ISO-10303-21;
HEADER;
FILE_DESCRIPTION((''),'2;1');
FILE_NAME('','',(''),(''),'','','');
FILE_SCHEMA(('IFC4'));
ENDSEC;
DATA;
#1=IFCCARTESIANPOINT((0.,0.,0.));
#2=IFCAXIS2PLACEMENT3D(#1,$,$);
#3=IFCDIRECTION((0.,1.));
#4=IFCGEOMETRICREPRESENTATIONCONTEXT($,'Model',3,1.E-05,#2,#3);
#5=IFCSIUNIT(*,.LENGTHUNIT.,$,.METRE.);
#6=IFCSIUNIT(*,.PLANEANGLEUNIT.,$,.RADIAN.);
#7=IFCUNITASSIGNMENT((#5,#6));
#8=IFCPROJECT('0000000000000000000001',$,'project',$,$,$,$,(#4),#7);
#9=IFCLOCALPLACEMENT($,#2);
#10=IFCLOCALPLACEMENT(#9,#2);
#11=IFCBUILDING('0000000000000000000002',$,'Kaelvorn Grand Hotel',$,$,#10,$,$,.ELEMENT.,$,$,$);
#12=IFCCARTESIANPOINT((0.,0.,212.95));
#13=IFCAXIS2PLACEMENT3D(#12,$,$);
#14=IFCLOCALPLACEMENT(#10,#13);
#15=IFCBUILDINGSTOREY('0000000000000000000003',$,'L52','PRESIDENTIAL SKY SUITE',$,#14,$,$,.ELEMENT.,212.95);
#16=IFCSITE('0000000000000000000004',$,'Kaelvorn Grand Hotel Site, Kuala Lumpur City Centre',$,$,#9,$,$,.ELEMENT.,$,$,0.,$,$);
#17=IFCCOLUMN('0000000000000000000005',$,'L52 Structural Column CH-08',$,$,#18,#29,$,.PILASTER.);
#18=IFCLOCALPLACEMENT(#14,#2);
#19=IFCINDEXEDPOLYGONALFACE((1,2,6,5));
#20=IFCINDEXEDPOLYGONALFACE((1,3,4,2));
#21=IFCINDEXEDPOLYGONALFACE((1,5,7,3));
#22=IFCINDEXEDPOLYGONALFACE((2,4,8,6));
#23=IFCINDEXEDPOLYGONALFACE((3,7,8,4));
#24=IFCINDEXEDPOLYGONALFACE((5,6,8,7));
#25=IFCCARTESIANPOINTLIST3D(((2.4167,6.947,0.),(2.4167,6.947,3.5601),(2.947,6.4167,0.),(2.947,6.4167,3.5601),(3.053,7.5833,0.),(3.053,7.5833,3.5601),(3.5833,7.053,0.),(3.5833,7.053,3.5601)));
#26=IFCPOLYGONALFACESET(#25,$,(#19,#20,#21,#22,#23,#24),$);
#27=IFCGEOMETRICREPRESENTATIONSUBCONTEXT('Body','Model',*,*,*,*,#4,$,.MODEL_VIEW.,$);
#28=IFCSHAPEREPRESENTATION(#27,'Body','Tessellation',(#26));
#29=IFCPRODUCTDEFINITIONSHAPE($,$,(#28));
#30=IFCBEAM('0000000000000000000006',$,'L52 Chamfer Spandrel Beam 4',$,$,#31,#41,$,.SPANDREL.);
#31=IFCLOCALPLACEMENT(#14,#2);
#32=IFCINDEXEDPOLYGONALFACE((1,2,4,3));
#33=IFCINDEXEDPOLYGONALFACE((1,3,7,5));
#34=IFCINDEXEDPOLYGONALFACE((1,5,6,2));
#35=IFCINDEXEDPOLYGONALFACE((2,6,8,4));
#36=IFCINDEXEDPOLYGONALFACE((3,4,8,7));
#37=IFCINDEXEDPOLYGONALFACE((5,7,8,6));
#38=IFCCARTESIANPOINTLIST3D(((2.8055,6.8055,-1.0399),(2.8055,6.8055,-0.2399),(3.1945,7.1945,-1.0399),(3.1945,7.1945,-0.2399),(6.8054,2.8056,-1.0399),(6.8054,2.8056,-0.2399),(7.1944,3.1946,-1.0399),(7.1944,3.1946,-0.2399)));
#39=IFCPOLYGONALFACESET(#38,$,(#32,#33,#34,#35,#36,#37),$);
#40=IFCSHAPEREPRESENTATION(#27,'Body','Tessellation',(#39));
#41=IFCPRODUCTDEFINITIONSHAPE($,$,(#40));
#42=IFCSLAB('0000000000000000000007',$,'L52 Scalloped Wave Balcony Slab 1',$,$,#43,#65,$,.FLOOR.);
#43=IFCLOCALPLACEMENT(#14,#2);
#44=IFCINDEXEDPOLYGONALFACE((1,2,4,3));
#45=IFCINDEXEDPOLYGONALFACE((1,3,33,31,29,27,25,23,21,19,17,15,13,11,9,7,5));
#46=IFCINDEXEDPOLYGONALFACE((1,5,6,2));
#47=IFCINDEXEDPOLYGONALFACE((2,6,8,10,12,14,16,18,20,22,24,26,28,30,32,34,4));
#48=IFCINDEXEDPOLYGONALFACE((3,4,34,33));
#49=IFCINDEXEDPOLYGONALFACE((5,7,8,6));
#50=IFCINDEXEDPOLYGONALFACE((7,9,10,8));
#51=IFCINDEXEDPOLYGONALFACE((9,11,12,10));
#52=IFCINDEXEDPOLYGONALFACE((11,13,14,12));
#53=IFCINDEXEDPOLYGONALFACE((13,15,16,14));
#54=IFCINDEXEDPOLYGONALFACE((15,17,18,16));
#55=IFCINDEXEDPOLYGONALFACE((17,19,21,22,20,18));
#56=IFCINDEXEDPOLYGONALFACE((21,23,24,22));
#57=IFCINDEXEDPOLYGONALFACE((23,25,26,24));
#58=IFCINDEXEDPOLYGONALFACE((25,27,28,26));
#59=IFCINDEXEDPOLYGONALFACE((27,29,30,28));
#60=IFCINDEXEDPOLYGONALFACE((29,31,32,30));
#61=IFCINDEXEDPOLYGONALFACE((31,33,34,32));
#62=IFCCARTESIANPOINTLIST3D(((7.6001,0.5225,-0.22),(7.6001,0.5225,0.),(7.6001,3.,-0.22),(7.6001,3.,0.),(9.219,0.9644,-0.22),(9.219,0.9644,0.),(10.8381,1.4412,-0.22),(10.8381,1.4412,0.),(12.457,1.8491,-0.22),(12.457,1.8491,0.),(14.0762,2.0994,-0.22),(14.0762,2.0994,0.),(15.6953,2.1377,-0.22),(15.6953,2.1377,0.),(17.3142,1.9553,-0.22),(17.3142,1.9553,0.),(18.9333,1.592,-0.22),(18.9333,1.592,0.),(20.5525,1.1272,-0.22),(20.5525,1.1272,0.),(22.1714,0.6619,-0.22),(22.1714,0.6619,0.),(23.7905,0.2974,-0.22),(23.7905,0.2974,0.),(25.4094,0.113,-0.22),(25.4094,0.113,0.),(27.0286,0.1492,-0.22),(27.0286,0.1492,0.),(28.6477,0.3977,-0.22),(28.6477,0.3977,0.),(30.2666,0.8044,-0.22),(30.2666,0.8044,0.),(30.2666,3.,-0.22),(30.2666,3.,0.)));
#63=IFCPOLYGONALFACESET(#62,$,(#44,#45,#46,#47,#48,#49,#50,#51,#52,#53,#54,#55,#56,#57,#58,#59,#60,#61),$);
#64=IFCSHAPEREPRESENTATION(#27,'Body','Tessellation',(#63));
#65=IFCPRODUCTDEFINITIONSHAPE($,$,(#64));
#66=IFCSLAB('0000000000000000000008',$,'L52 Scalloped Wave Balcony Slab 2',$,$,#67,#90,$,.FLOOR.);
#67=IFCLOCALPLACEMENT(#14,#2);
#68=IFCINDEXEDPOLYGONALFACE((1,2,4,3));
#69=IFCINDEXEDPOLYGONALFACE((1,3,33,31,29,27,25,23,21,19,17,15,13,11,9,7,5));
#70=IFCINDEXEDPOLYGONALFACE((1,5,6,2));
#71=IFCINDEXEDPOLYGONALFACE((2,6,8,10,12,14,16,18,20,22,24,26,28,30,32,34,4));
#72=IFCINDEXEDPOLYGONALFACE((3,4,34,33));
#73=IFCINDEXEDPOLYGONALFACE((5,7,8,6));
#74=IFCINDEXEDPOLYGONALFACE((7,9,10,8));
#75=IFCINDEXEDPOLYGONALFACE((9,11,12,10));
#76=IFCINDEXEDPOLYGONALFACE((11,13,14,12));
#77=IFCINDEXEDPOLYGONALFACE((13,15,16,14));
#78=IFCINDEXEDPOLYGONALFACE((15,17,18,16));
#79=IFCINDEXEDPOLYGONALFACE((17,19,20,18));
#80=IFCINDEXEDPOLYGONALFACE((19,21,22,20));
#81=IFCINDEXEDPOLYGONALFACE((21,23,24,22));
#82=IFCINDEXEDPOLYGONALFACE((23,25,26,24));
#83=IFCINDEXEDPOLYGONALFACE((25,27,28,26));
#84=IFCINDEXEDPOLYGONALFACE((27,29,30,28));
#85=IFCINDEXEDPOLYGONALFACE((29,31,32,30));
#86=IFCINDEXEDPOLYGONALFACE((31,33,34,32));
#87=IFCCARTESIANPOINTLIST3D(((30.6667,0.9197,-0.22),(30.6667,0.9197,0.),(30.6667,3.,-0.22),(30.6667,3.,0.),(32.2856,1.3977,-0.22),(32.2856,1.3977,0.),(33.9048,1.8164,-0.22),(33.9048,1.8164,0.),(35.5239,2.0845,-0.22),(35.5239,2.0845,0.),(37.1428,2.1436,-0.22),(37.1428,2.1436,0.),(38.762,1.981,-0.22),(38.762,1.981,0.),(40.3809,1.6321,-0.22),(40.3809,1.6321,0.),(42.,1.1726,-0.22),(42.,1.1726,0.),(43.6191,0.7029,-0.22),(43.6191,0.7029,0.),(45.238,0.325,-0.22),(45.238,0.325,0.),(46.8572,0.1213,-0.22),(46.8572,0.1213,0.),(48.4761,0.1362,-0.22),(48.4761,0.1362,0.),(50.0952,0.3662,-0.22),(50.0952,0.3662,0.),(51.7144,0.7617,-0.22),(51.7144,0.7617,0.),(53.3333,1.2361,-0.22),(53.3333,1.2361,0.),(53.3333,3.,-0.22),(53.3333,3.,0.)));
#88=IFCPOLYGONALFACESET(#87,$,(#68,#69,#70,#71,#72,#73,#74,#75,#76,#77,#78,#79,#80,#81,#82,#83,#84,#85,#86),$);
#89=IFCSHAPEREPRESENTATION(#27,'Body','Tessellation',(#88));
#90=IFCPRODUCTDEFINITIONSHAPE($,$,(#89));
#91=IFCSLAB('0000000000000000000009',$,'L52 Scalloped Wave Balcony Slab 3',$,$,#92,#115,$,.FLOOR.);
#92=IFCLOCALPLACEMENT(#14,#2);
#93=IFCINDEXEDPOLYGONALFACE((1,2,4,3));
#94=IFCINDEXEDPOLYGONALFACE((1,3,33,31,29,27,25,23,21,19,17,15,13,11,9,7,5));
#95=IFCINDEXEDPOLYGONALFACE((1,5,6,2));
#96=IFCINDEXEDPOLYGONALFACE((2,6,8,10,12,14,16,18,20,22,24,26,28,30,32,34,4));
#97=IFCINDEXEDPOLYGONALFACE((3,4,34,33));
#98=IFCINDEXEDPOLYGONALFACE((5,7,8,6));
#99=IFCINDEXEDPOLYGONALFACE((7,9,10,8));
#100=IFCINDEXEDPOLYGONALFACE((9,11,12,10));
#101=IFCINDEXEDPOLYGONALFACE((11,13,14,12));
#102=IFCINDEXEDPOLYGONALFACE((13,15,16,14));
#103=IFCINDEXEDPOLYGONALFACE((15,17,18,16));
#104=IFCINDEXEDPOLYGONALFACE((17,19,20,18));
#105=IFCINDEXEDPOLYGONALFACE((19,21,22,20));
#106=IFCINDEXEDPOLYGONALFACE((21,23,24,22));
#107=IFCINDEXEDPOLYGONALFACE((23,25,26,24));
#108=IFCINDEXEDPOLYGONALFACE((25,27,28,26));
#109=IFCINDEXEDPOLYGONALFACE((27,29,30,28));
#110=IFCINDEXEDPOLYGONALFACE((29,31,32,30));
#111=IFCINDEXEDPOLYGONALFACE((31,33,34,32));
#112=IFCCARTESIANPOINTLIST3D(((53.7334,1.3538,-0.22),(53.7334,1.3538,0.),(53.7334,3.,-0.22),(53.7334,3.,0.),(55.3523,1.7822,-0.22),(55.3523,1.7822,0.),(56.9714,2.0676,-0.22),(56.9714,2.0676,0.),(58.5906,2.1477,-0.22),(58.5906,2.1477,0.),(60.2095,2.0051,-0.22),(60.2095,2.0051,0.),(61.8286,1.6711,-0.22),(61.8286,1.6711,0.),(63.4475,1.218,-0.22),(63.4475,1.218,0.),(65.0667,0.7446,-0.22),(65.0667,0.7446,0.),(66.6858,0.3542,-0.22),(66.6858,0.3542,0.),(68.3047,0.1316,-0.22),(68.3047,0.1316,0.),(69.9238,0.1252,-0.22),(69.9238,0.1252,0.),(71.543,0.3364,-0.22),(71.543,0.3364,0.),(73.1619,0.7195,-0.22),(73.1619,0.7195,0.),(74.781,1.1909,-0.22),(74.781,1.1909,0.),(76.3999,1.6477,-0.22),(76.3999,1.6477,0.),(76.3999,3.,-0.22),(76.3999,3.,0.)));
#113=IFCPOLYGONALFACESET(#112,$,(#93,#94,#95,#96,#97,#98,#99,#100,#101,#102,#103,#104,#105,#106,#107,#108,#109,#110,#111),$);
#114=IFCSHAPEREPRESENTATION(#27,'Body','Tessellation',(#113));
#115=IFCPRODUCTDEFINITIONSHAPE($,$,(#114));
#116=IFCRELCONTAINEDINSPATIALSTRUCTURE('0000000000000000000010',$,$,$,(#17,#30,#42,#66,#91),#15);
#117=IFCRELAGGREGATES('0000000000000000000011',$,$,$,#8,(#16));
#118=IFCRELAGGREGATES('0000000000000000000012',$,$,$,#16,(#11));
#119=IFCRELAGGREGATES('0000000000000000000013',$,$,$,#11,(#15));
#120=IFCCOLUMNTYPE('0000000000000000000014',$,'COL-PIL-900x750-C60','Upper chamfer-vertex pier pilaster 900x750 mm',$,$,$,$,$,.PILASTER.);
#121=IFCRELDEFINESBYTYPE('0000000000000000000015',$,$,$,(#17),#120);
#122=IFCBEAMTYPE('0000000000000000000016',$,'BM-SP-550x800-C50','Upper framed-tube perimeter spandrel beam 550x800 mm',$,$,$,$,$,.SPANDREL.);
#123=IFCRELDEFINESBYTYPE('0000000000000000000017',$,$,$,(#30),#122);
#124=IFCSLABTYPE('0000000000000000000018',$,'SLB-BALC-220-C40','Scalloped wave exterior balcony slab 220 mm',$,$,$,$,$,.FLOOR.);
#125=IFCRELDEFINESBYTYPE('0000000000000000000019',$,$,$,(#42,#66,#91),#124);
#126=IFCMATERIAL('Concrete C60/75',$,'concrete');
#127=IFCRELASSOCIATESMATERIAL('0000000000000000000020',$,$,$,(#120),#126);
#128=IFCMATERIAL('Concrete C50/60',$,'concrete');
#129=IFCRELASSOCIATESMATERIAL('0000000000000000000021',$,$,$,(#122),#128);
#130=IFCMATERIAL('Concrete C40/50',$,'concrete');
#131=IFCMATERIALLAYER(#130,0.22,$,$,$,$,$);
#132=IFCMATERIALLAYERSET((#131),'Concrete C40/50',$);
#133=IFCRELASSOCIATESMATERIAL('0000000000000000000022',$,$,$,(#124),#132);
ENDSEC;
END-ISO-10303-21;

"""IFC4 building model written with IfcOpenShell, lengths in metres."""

from ifc_helpers import new_model, si_unit, direction, frame, origin, origin_2d, place, context, subcontext, project, spatial, polyline, rectangle, outline, extrude, material, layer, layer_set, material_profile, profile_set, type_object, element, save


model = new_model("IFC4")

# Units and contexts
model_context = context("Model", 3, precision=1e-05, world=origin(), true_north=direction((0.0, 1.0)))
body_context = subcontext(model_context, "Body", "Model", "MODEL_VIEW")
ifc_project = project(units=[si_unit("LENGTHUNIT", "METRE"), si_unit("PLANEANGLEUNIT", "RADIAN")], contexts=[model_context])

# Site, building, storey
site_placement = place(None, origin())
site = spatial("IfcSite", under=ifc_project, at=site_placement, Name="Kaelvorn Grand Hotel Site, Kuala Lumpur City Centre", CompositionType="ELEMENT", RefElevation=0.0)
building_placement = place(site_placement, origin())
building = spatial("IfcBuilding", under=site, at=building_placement, Name="Kaelvorn Grand Hotel", CompositionType="ELEMENT")
storey_placement = place(building_placement, frame((0.0, 0.0, 212.95)))
storey = spatial("IfcBuildingStorey", under=building, at=storey_placement, Name="L52", Description="PRESIDENTIAL SKY SUITE", CompositionType="ELEMENT", Elevation=212.95)

# Column
ifc_material_1 = material(Name="Concrete C60/75", Category="concrete")
ifc_material_profile_1 = material_profile(ifc_material_1, rectangle(XDim=0.8999, YDim=0.75, at=origin_2d()), Name="RC PILASTER 900x750")
ifc_profile_set_1 = profile_set([ifc_material_profile_1], Name="Concrete C60/75")
column_type = type_object("IfcColumnType", Name="COL-PIL-900x750-C60", Description="Upper chamfer-vertex pier pilaster 900x750 mm", PredefinedType="PILASTER", material=ifc_profile_set_1)
column_placement = place(storey_placement, frame((3.0, 7.0, 0.0), z_axis=(0.0, 0.0, 1.0), x_axis=(0.707107, 0.707107, 0.0)))
element("IfcColumn", 1, at=column_placement, inside=storey, type_object=column_type, Name="L52 Structural Column CH-08", PredefinedType="PILASTER", context=body_context, shape_type="SweptSolid", body=[
    extrude(rectangle(XDim=0.8999, YDim=0.75, at=origin_2d()), origin(), (0.0, 0.0, 1.0), 3.5601),
])

# Beam
ifc_material_2 = material(Name="Concrete C50/60", Category="concrete")
ifc_material_profile_2 = material_profile(ifc_material_2, rectangle(XDim=0.55, YDim=0.8, at=origin_2d()), Name="RC SPANDREL 550x800")
ifc_profile_set_2 = profile_set([ifc_material_profile_2], Name="Concrete C50/60")
beam_type = type_object("IfcBeamType", Name="BM-SP-550x800-C50", Description="Upper framed-tube perimeter spandrel beam 550x800 mm", PredefinedType="SPANDREL", material=ifc_profile_set_2)
beam_placement = place(storey_placement, frame((3.0, 7.0, -0.6399), z_axis=(0.707107, -0.707107, 0.0), x_axis=(0.707107, 0.707107, 0.0)))
element("IfcBeam", 2, at=beam_placement, inside=storey, type_object=beam_type, Name="L52 Chamfer Spandrel Beam 4", PredefinedType="SPANDREL", context=body_context, shape_type="SweptSolid", body=[
    extrude(rectangle(XDim=0.55, YDim=0.8, at=origin_2d()), origin(), (0.0, 0.0, 1.0), 5.6567),
])

# Slabs
ifc_material_3 = material(Name="Concrete C40/50", Category="concrete")
ifc_layer_1 = layer(ifc_material_3, 0.22)
ifc_layer_set_1 = layer_set([ifc_layer_1], Name="Concrete C40/50")
slab_type_1 = type_object("IfcSlabType", Name="SLB-BALC-220-C40", Description="Scalloped wave exterior balcony slab 220 mm", PredefinedType="FLOOR", material=ifc_layer_set_1)
slab_1_placement = place(storey_placement, frame((0.0, 0.0, -0.22)))
element("IfcSlab", 3, at=slab_1_placement, inside=storey, type_object=slab_type_1, Name="L52 Scalloped Wave Balcony Slab 1", PredefinedType="FLOOR", context=body_context, shape_type="SweptSolid", body=[
    extrude(outline(polyline([(7.6001, 0.5225), (9.219, 0.9644), (10.8381, 1.4412), (12.457, 1.8491), (14.0762, 2.0994), (15.6953, 2.1377), (17.3142, 1.9553), (18.9333, 1.592), (20.5525, 1.1272), (22.1714, 0.6619), (23.7905, 0.2974), (25.4094, 0.113), (27.0286, 0.1492), (28.6477, 0.3977), (30.2666, 0.8044), (30.2666, 3.0), (7.6001, 3.0), (7.6001, 0.5225)])), origin(), (0.0, 0.0, 1.0), 0.22),
])
slab_2_placement = place(storey_placement, frame((0.0, 0.0, -0.22)))
element("IfcSlab", 4, at=slab_2_placement, inside=storey, type_object=slab_type_1, Name="L52 Scalloped Wave Balcony Slab 2", PredefinedType="FLOOR", context=body_context, shape_type="SweptSolid", body=[
    extrude(outline(polyline([(30.6667, 0.9197), (32.2856, 1.3977), (33.9048, 1.8164), (35.5239, 2.0845), (37.1428, 2.1436), (38.762, 1.981), (40.3809, 1.6321), (42.0, 1.1726), (43.6191, 0.7029), (45.238, 0.325), (46.8572, 0.1213), (48.4761, 0.1362), (50.0952, 0.3662), (51.7144, 0.7617), (53.3333, 1.2361), (53.3333, 3.0), (30.6667, 3.0), (30.6667, 0.9197)])), origin(), (0.0, 0.0, 1.0), 0.22),
])
slab_3_placement = place(storey_placement, frame((0.0, 0.0, -0.22)))
element("IfcSlab", 5, at=slab_3_placement, inside=storey, type_object=slab_type_1, Name="L52 Scalloped Wave Balcony Slab 3", PredefinedType="FLOOR", context=body_context, shape_type="SweptSolid", body=[
    extrude(outline(polyline([(53.7334, 1.3538), (55.3523, 1.7822), (56.9714, 2.0676), (58.5906, 2.1477), (60.2095, 2.0051), (61.8286, 1.6711), (63.4475, 1.218), (65.0667, 0.7446), (66.6858, 0.3542), (68.3047, 0.1316), (69.9238, 0.1252), (71.543, 0.3364), (73.1619, 0.7195), (74.781, 1.1909), (76.3999, 1.6477), (76.3999, 3.0), (53.7334, 3.0), (53.7334, 1.3538)])), origin(), (0.0, 0.0, 1.0), 0.22),
])

save(model, "model.ifc")
